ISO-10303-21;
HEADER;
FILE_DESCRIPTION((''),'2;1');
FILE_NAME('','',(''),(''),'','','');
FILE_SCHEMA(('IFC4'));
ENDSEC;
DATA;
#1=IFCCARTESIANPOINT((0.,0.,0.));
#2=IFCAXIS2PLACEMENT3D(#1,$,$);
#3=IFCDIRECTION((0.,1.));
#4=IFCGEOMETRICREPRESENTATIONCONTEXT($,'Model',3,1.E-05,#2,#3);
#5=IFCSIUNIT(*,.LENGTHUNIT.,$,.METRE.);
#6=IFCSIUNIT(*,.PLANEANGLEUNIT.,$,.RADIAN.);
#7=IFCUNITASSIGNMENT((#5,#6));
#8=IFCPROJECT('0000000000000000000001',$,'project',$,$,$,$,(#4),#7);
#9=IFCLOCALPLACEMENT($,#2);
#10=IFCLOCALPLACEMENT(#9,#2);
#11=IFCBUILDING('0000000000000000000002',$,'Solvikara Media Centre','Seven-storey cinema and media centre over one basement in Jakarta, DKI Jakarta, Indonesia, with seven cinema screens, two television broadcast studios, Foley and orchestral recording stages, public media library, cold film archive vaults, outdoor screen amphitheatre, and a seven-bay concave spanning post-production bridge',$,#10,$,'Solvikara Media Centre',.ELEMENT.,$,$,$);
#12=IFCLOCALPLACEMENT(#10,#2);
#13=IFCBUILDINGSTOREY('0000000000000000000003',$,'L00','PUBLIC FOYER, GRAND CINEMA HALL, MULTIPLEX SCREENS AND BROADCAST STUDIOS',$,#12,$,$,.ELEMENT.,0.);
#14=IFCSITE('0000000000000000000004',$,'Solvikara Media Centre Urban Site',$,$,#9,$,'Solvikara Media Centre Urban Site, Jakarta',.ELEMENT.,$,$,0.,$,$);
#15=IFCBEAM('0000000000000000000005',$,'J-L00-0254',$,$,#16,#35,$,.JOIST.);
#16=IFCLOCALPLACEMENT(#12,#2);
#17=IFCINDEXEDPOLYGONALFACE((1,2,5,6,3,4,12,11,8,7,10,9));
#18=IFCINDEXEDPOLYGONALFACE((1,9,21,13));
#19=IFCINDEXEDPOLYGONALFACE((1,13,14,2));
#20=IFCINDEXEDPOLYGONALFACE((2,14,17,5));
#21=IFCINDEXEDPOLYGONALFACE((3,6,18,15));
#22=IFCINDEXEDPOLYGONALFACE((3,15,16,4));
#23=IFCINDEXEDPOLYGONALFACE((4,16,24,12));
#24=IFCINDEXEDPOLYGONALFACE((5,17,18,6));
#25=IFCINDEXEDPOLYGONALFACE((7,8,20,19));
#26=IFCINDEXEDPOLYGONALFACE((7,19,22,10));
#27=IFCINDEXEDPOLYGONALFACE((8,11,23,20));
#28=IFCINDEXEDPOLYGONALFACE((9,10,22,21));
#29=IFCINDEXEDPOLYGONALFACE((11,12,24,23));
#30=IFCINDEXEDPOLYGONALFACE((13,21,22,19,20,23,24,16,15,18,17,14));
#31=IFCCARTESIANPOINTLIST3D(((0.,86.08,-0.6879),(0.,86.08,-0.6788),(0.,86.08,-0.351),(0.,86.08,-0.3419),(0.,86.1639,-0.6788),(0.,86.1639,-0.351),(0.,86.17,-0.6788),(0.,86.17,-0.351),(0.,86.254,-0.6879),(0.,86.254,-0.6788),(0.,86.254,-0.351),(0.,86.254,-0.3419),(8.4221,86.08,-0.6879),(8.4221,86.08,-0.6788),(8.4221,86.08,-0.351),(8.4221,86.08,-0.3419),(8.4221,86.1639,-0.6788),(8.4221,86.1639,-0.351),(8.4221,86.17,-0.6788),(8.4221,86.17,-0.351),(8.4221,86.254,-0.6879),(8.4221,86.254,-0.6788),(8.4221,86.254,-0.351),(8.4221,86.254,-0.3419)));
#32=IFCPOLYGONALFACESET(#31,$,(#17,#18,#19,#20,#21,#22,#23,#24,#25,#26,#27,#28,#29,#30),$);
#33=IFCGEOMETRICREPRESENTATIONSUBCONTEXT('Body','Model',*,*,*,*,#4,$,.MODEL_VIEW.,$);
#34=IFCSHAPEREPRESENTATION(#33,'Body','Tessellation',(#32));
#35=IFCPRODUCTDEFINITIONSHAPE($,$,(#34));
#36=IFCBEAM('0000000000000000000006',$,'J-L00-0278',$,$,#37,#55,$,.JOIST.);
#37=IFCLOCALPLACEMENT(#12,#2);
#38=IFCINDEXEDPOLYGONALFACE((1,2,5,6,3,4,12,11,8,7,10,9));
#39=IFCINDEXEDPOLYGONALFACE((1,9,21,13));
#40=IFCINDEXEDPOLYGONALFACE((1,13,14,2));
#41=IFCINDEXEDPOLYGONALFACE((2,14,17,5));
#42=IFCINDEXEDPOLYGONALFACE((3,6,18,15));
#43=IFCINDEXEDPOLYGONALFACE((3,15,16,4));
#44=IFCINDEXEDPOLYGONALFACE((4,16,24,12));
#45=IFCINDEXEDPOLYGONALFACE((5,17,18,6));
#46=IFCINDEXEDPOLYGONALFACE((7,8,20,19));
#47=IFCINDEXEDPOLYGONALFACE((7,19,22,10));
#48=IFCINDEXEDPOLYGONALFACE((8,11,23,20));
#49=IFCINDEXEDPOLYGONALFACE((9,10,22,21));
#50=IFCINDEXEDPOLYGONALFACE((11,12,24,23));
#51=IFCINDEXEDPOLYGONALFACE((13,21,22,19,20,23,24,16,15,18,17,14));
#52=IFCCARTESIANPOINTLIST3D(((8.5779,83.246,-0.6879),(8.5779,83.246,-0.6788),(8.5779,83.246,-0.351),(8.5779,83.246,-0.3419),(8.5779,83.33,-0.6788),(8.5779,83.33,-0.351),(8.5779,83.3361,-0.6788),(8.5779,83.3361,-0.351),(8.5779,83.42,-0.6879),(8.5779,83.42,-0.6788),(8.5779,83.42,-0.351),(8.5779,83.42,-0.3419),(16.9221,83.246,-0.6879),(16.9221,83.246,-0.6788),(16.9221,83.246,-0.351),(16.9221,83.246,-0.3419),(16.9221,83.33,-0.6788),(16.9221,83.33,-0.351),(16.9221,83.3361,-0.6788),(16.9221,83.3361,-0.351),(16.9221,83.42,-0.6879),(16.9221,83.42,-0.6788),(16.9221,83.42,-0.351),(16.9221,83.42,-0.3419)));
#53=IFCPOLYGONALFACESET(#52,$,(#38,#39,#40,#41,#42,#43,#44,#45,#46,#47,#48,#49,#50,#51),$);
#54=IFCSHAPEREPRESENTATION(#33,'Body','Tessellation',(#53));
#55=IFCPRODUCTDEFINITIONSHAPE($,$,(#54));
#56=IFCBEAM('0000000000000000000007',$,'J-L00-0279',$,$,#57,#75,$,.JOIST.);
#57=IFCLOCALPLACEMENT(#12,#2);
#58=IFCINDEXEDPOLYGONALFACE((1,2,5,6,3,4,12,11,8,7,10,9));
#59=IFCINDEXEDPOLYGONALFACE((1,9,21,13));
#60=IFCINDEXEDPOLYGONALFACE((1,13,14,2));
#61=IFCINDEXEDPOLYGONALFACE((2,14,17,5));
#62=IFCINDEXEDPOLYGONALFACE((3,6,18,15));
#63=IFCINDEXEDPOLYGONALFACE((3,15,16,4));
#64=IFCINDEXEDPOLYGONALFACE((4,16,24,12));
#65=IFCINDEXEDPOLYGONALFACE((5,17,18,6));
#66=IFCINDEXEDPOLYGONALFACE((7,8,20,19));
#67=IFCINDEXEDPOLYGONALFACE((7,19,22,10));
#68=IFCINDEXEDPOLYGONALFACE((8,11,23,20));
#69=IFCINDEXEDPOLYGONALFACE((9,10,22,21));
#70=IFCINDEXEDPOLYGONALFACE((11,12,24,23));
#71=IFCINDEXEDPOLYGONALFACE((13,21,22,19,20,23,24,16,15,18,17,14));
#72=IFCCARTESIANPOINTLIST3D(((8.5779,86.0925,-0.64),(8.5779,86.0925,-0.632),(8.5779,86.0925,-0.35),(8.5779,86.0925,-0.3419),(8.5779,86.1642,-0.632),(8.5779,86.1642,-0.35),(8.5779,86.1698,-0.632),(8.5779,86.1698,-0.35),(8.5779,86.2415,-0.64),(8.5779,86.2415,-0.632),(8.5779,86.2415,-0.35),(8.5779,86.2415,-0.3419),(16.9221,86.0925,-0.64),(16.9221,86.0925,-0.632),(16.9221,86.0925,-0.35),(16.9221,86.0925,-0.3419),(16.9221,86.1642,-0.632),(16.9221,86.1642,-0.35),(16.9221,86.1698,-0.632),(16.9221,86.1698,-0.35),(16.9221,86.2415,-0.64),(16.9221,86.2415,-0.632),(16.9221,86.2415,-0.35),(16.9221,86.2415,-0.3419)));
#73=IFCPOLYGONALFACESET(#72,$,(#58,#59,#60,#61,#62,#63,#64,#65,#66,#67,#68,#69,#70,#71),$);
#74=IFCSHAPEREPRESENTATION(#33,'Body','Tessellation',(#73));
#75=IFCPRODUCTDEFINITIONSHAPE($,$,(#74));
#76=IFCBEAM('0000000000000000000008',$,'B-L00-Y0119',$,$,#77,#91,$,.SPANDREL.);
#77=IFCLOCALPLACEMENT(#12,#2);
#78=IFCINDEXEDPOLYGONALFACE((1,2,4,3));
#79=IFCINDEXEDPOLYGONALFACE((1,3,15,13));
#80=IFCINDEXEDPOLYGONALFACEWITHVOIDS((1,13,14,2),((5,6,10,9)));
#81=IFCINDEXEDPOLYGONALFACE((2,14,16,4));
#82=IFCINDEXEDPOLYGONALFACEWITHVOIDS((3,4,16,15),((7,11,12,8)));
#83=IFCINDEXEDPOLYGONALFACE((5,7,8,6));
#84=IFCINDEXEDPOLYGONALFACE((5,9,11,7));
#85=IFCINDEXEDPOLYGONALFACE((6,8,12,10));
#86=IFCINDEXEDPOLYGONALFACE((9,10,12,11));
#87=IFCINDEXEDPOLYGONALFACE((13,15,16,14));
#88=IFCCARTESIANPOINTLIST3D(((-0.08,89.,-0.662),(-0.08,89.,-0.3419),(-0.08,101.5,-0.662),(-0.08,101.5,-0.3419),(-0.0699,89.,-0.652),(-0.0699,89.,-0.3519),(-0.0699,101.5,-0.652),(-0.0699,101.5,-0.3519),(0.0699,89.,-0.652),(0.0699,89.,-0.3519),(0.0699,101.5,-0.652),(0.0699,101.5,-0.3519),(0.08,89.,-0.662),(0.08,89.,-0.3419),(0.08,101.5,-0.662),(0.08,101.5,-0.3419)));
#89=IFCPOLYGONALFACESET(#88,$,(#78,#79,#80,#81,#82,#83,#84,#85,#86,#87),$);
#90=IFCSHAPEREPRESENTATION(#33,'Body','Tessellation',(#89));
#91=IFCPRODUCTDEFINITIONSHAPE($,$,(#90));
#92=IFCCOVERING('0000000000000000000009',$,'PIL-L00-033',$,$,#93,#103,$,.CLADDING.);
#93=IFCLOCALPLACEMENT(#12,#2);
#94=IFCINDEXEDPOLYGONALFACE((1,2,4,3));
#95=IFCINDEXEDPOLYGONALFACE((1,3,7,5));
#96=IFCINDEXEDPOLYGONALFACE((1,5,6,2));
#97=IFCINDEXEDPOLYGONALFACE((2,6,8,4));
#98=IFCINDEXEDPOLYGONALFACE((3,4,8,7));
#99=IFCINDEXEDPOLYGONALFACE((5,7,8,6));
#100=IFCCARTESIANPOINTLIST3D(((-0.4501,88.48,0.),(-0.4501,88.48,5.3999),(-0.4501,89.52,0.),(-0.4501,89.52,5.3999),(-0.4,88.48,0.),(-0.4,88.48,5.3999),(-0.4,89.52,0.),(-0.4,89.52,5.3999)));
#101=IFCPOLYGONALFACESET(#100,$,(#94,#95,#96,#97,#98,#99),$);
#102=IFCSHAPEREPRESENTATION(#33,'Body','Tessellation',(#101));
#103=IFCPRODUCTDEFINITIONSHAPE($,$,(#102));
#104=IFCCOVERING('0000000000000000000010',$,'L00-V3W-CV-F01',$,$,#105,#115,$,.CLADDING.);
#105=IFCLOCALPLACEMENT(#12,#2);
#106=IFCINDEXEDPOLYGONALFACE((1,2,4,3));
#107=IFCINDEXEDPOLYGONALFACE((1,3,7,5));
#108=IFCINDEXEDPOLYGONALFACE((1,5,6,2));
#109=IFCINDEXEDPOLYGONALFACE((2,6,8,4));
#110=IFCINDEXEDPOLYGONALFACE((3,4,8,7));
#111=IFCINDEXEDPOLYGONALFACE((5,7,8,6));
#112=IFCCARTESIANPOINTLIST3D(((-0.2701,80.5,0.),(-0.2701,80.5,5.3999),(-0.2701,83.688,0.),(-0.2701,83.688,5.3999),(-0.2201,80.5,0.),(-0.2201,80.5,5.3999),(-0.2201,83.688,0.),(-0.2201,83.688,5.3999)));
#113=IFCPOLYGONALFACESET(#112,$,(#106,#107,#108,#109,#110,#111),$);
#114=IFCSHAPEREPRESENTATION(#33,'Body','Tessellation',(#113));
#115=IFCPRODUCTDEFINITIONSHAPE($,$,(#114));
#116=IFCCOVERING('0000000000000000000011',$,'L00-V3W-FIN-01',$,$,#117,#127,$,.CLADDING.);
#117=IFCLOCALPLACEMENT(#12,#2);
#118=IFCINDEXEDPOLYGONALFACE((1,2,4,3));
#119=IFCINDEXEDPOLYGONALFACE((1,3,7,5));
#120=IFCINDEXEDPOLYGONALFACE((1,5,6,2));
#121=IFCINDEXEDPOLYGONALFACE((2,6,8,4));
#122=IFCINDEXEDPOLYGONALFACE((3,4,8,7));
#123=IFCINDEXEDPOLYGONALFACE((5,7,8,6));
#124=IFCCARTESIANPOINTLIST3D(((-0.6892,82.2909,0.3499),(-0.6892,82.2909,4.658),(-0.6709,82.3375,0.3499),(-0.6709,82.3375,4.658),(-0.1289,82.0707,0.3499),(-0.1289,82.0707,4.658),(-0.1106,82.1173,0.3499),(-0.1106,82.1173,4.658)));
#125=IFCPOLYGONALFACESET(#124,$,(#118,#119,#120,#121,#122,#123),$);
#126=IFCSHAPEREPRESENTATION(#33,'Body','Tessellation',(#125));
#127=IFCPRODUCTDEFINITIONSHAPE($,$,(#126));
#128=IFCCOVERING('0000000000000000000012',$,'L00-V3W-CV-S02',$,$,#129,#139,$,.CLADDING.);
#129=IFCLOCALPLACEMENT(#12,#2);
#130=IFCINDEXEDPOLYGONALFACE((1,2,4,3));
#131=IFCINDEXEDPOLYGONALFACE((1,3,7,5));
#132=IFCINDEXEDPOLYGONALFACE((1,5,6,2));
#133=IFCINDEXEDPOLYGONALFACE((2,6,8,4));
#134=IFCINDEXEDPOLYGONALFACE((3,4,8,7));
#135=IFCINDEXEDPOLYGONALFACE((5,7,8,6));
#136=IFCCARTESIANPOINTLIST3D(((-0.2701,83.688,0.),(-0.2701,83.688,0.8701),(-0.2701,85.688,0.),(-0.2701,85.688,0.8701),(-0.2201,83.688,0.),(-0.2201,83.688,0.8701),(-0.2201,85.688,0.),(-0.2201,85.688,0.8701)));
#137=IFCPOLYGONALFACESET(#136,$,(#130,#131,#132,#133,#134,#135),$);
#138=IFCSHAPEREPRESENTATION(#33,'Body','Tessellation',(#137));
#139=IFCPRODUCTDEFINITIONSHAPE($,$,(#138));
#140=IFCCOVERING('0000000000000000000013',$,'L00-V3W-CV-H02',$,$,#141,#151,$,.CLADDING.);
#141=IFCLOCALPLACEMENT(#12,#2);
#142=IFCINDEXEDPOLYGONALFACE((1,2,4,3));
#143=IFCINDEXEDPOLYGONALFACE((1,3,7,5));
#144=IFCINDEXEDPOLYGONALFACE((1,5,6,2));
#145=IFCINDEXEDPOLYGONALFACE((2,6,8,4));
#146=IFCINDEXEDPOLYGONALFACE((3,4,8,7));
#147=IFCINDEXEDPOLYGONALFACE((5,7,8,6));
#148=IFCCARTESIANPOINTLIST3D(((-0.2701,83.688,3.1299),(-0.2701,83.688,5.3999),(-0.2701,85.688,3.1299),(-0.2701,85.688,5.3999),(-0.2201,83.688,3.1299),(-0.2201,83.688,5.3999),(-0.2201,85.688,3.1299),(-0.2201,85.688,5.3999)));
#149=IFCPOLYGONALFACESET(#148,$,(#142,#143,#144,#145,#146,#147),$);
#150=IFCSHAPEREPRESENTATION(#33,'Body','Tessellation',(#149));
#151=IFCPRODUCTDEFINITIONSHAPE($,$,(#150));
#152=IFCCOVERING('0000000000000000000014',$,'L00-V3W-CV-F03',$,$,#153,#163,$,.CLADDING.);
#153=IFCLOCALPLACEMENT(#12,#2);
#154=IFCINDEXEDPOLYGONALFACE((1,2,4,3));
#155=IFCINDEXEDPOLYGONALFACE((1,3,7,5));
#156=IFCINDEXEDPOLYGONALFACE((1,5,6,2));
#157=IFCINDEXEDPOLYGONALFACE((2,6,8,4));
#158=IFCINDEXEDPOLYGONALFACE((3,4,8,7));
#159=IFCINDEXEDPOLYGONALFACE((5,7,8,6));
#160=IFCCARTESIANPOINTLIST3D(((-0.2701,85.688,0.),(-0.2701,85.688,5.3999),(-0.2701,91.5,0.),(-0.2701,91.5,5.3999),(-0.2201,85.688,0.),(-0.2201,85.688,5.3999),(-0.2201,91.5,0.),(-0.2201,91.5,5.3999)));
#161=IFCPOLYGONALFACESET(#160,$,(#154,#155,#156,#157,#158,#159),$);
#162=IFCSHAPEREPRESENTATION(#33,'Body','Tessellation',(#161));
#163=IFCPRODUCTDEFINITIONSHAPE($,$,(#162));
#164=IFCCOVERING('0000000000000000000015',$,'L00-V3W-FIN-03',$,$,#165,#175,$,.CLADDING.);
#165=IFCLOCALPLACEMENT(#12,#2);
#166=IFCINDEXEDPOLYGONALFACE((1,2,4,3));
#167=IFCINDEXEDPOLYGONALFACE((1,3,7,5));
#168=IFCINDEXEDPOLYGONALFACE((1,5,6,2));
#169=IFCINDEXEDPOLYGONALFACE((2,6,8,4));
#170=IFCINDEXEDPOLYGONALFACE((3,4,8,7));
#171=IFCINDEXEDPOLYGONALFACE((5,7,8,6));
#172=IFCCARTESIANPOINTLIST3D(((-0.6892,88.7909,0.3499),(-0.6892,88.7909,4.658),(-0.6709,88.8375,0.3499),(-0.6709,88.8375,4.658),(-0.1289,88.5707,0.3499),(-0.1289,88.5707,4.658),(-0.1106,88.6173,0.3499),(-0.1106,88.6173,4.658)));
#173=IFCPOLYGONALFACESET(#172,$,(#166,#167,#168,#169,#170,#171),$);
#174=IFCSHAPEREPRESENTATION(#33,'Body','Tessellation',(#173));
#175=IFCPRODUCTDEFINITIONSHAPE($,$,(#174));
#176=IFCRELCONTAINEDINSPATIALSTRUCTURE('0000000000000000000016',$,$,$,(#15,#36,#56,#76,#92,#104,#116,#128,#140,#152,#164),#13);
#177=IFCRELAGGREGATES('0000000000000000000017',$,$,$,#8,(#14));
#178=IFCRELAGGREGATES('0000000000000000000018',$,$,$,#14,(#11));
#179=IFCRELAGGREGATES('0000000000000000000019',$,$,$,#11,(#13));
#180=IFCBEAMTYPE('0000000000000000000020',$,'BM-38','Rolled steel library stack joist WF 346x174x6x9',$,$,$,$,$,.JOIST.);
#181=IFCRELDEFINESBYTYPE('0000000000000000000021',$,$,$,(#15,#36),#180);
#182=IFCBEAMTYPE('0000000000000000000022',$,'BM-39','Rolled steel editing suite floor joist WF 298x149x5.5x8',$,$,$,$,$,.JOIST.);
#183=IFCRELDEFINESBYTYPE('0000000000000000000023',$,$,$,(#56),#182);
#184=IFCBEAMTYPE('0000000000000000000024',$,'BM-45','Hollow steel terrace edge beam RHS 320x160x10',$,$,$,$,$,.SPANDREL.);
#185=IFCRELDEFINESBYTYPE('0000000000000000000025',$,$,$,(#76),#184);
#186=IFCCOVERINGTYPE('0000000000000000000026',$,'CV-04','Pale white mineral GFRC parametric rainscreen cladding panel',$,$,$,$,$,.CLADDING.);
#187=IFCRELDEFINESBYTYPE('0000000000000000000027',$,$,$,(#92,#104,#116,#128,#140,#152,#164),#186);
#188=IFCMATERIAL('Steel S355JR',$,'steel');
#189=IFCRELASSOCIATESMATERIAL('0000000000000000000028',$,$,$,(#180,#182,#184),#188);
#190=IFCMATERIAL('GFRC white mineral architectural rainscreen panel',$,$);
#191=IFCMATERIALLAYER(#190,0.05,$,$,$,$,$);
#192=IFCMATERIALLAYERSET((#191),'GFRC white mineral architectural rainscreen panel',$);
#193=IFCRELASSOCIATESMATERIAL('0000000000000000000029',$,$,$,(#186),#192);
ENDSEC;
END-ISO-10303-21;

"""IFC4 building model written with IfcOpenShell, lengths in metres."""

from ifc_helpers import new_model, si_unit, direction, frame, origin, origin_2d, place, context, subcontext, project, spatial, rectangle, hollow_rectangle, i_section, extrude, material, layer, layer_set, material_profile, profile_set, type_object, element, save


model = new_model("IFC4")

# Units and contexts
model_context = context("Model", 3, precision=1e-05, world=origin(), true_north=direction((0.0, 1.0)))
body_context = subcontext(model_context, "Body", "Model", "MODEL_VIEW")
ifc_project = project(units=[si_unit("LENGTHUNIT", "METRE"), si_unit("PLANEANGLEUNIT", "RADIAN")], contexts=[model_context])

# Site, building, storey
site_placement = place(None, origin())
site = spatial("IfcSite", under=ifc_project, at=site_placement, Name="Solvikara Media Centre Urban Site", LongName="Solvikara Media Centre Urban Site, Jakarta", CompositionType="ELEMENT", RefElevation=0.0)
building_placement = place(site_placement, origin())
building = spatial("IfcBuilding", under=site, at=building_placement, Name="Solvikara Media Centre", Description="Seven-storey cinema and media centre over one basement in Jakarta, DKI Jakarta, Indonesia, with seven cinema screens, two television broadcast studios, Foley and orchestral recording stages, public media library, cold film archive vaults, outdoor screen amphitheatre, and a seven-bay concave spanning post-production bridge", LongName="Solvikara Media Centre", CompositionType="ELEMENT")
storey_placement = place(building_placement, origin())
storey = spatial("IfcBuildingStorey", under=building, at=storey_placement, Name="L00", Description="PUBLIC FOYER, GRAND CINEMA HALL, MULTIPLEX SCREENS AND BROADCAST STUDIOS", CompositionType="ELEMENT", Elevation=0.0)

# Beams
ifc_material_1 = material(Name="Steel S355JR", Category="steel")
ifc_material_profile_1 = material_profile(ifc_material_1, i_section(OverallWidth=0.1741, OverallDepth=0.3459, WebThickness=0.0061, FlangeThickness=0.009, at=origin_2d()), Name="WF 346x174x6x9")
ifc_profile_set_1 = profile_set([ifc_material_profile_1], Name="Steel S355JR")
beam_type_1 = type_object("IfcBeamType", Name="BM-38", Description="Rolled steel library stack joist WF 346x174x6x9", PredefinedType="JOIST", material=ifc_profile_set_1)
beam_1_placement = place(storey_placement, frame((0.0, 86.167, -0.5149), z_axis=(1.0, 0.0, 0.0), x_axis=(0.0, 1.0, 0.0)))
element("IfcBeam", 1, at=beam_1_placement, inside=storey, type_object=beam_type_1, Name="J-L00-0254", PredefinedType="JOIST", context=body_context, shape_type="SweptSolid", body=[
    extrude(i_section(OverallWidth=0.1741, OverallDepth=0.3459, WebThickness=0.0061, FlangeThickness=0.009, at=origin_2d()), origin(), (0.0, 0.0, 1.0), 8.4221),
])
beam_2_placement = place(storey_placement, frame((8.5779, 83.333, -0.5149), z_axis=(1.0, 0.0, 0.0), x_axis=(0.0, 1.0, 0.0)))
element("IfcBeam", 2, at=beam_2_placement, inside=storey, type_object=beam_type_1, Name="J-L00-0278", PredefinedType="JOIST", context=body_context, shape_type="SweptSolid", body=[
    extrude(i_section(OverallWidth=0.1741, OverallDepth=0.3459, WebThickness=0.0061, FlangeThickness=0.009, at=origin_2d()), origin(), (0.0, 0.0, 1.0), 8.3442),
])
ifc_material_profile_2 = material_profile(ifc_material_1, i_section(OverallWidth=0.1489, OverallDepth=0.2981, WebThickness=0.0056, FlangeThickness=0.0081, at=origin_2d()), Name="WF 298x149x5.5x8")
ifc_profile_set_2 = profile_set([ifc_material_profile_2], Name="Steel S355JR")
beam_type_2 = type_object("IfcBeamType", Name="BM-39", Description="Rolled steel editing suite floor joist WF 298x149x5.5x8", PredefinedType="JOIST", material=ifc_profile_set_2)
beam_3_placement = place(storey_placement, frame((8.5779, 86.167, -0.491), z_axis=(1.0, 0.0, 0.0), x_axis=(0.0, 1.0, 0.0)))
element("IfcBeam", 3, at=beam_3_placement, inside=storey, type_object=beam_type_2, Name="J-L00-0279", PredefinedType="JOIST", context=body_context, shape_type="SweptSolid", body=[
    extrude(i_section(OverallWidth=0.1489, OverallDepth=0.2981, WebThickness=0.0056, FlangeThickness=0.0081, at=origin_2d()), origin(), (0.0, 0.0, 1.0), 8.3442),
])
ifc_material_profile_3 = material_profile(ifc_material_1, hollow_rectangle(XDim=0.1599, YDim=0.3201, WallThickness=0.01, at=origin_2d()), Name="RHS 320x160x10")
ifc_profile_set_3 = profile_set([ifc_material_profile_3], Name="Steel S355JR")
beam_type_3 = type_object("IfcBeamType", Name="BM-45", Description="Hollow steel terrace edge beam RHS 320x160x10", PredefinedType="SPANDREL", material=ifc_profile_set_3)
beam_4_placement = place(storey_placement, frame((0.0, 89.0, -0.502), z_axis=(0.0, 1.0, 0.0), x_axis=(-1.0, 0.0, 0.0)))
element("IfcBeam", 4, at=beam_4_placement, inside=storey, type_object=beam_type_3, Name="B-L00-Y0119", PredefinedType="SPANDREL", context=body_context, shape_type="SweptSolid", body=[
    extrude(hollow_rectangle(XDim=0.1599, YDim=0.3201, WallThickness=0.01, at=origin_2d()), origin(), (0.0, 0.0, 1.0), 12.5),
])

# Coverings
ifc_material_2 = material(Name="GFRC white mineral architectural rainscreen panel")
ifc_layer = layer(ifc_material_2, 0.05)
ifc_layer_set = layer_set([ifc_layer], Name="GFRC white mineral architectural rainscreen panel")
covering_type = type_object("IfcCoveringType", Name="CV-04", Description="Pale white mineral GFRC parametric rainscreen cladding panel", PredefinedType="CLADDING", material=ifc_layer_set)
covering_1_placement = place(storey_placement, frame((-0.425, 89.0, 0.0), z_axis=(0.0, 0.0, 1.0), x_axis=(0.0, -1.0, 0.0)))
element("IfcCovering", 5, at=covering_1_placement, inside=storey, type_object=covering_type, Name="PIL-L00-033", PredefinedType="CLADDING", context=body_context, shape_type="SweptSolid", body=[
    extrude(rectangle(XDim=1.04, YDim=0.05, at=origin_2d()), origin(), (0.0, 0.0, 1.0), 5.3999),
])
covering_2_placement = place(storey_placement, frame((-0.2451, 82.094, 0.0), z_axis=(0.0, 0.0, 1.0), x_axis=(0.0, 1.0, 0.0)))
element("IfcCovering", 6, at=covering_2_placement, inside=storey, type_object=covering_type, Name="L00-V3W-CV-F01", PredefinedType="CLADDING", context=body_context, shape_type="SweptSolid", body=[
    extrude(rectangle(XDim=3.188, YDim=0.05, at=origin_2d()), origin(), (0.0, 0.0, 1.0), 5.3999),
])
covering_3_placement = place(storey_placement, frame((-0.3999, 82.2041, 0.3499), z_axis=(0.0, 0.0, 1.0), x_axis=(-0.93075, 0.365657, 0.0)))
element("IfcCovering", 7, at=covering_3_placement, inside=storey, type_object=covering_type, Name="L00-V3W-FIN-01", PredefinedType="CLADDING", context=body_context, shape_type="SweptSolid", body=[
    extrude(rectangle(XDim=0.6021, YDim=0.05, at=origin_2d()), origin(), (0.0, 0.0, 1.0), 4.3081),
])
covering_4_placement = place(storey_placement, frame((-0.2451, 84.688, 0.0), z_axis=(0.0, 0.0, 1.0), x_axis=(0.0, 1.0, 0.0)))
element("IfcCovering", 8, at=covering_4_placement, inside=storey, type_object=covering_type, Name="L00-V3W-CV-S02", PredefinedType="CLADDING", context=body_context, shape_type="SweptSolid", body=[
    extrude(rectangle(XDim=2.0, YDim=0.05, at=origin_2d()), origin(), (0.0, 0.0, 1.0), 0.8701),
])
covering_5_placement = place(storey_placement, frame((-0.2451, 84.688, 3.1299), z_axis=(0.0, 0.0, 1.0), x_axis=(0.0, 1.0, 0.0)))
element("IfcCovering", 9, at=covering_5_placement, inside=storey, type_object=covering_type, Name="L00-V3W-CV-H02", PredefinedType="CLADDING", context=body_context, shape_type="SweptSolid", body=[
    extrude(rectangle(XDim=2.0, YDim=0.05, at=origin_2d()), origin(), (0.0, 0.0, 1.0), 2.27),
])
covering_6_placement = place(storey_placement, frame((-0.2451, 88.594, 0.0), z_axis=(0.0, 0.0, 1.0), x_axis=(0.0, 1.0, 0.0)))
element("IfcCovering", 10, at=covering_6_placement, inside=storey, type_object=covering_type, Name="L00-V3W-CV-F03", PredefinedType="CLADDING", context=body_context, shape_type="SweptSolid", body=[
    extrude(rectangle(XDim=5.812, YDim=0.05, at=origin_2d()), origin(), (0.0, 0.0, 1.0), 5.3999),
])
covering_7_placement = place(storey_placement, frame((-0.3999, 88.7041, 0.3499), z_axis=(0.0, 0.0, 1.0), x_axis=(-0.93075, 0.365657, 0.0)))
element("IfcCovering", 11, at=covering_7_placement, inside=storey, type_object=covering_type, Name="L00-V3W-FIN-03", PredefinedType="CLADDING", context=body_context, shape_type="SweptSolid", body=[
    extrude(rectangle(XDim=0.6021, YDim=0.05, at=origin_2d()), origin(), (0.0, 0.0, 1.0), 4.3081),
])

save(model, "model.ifc")
